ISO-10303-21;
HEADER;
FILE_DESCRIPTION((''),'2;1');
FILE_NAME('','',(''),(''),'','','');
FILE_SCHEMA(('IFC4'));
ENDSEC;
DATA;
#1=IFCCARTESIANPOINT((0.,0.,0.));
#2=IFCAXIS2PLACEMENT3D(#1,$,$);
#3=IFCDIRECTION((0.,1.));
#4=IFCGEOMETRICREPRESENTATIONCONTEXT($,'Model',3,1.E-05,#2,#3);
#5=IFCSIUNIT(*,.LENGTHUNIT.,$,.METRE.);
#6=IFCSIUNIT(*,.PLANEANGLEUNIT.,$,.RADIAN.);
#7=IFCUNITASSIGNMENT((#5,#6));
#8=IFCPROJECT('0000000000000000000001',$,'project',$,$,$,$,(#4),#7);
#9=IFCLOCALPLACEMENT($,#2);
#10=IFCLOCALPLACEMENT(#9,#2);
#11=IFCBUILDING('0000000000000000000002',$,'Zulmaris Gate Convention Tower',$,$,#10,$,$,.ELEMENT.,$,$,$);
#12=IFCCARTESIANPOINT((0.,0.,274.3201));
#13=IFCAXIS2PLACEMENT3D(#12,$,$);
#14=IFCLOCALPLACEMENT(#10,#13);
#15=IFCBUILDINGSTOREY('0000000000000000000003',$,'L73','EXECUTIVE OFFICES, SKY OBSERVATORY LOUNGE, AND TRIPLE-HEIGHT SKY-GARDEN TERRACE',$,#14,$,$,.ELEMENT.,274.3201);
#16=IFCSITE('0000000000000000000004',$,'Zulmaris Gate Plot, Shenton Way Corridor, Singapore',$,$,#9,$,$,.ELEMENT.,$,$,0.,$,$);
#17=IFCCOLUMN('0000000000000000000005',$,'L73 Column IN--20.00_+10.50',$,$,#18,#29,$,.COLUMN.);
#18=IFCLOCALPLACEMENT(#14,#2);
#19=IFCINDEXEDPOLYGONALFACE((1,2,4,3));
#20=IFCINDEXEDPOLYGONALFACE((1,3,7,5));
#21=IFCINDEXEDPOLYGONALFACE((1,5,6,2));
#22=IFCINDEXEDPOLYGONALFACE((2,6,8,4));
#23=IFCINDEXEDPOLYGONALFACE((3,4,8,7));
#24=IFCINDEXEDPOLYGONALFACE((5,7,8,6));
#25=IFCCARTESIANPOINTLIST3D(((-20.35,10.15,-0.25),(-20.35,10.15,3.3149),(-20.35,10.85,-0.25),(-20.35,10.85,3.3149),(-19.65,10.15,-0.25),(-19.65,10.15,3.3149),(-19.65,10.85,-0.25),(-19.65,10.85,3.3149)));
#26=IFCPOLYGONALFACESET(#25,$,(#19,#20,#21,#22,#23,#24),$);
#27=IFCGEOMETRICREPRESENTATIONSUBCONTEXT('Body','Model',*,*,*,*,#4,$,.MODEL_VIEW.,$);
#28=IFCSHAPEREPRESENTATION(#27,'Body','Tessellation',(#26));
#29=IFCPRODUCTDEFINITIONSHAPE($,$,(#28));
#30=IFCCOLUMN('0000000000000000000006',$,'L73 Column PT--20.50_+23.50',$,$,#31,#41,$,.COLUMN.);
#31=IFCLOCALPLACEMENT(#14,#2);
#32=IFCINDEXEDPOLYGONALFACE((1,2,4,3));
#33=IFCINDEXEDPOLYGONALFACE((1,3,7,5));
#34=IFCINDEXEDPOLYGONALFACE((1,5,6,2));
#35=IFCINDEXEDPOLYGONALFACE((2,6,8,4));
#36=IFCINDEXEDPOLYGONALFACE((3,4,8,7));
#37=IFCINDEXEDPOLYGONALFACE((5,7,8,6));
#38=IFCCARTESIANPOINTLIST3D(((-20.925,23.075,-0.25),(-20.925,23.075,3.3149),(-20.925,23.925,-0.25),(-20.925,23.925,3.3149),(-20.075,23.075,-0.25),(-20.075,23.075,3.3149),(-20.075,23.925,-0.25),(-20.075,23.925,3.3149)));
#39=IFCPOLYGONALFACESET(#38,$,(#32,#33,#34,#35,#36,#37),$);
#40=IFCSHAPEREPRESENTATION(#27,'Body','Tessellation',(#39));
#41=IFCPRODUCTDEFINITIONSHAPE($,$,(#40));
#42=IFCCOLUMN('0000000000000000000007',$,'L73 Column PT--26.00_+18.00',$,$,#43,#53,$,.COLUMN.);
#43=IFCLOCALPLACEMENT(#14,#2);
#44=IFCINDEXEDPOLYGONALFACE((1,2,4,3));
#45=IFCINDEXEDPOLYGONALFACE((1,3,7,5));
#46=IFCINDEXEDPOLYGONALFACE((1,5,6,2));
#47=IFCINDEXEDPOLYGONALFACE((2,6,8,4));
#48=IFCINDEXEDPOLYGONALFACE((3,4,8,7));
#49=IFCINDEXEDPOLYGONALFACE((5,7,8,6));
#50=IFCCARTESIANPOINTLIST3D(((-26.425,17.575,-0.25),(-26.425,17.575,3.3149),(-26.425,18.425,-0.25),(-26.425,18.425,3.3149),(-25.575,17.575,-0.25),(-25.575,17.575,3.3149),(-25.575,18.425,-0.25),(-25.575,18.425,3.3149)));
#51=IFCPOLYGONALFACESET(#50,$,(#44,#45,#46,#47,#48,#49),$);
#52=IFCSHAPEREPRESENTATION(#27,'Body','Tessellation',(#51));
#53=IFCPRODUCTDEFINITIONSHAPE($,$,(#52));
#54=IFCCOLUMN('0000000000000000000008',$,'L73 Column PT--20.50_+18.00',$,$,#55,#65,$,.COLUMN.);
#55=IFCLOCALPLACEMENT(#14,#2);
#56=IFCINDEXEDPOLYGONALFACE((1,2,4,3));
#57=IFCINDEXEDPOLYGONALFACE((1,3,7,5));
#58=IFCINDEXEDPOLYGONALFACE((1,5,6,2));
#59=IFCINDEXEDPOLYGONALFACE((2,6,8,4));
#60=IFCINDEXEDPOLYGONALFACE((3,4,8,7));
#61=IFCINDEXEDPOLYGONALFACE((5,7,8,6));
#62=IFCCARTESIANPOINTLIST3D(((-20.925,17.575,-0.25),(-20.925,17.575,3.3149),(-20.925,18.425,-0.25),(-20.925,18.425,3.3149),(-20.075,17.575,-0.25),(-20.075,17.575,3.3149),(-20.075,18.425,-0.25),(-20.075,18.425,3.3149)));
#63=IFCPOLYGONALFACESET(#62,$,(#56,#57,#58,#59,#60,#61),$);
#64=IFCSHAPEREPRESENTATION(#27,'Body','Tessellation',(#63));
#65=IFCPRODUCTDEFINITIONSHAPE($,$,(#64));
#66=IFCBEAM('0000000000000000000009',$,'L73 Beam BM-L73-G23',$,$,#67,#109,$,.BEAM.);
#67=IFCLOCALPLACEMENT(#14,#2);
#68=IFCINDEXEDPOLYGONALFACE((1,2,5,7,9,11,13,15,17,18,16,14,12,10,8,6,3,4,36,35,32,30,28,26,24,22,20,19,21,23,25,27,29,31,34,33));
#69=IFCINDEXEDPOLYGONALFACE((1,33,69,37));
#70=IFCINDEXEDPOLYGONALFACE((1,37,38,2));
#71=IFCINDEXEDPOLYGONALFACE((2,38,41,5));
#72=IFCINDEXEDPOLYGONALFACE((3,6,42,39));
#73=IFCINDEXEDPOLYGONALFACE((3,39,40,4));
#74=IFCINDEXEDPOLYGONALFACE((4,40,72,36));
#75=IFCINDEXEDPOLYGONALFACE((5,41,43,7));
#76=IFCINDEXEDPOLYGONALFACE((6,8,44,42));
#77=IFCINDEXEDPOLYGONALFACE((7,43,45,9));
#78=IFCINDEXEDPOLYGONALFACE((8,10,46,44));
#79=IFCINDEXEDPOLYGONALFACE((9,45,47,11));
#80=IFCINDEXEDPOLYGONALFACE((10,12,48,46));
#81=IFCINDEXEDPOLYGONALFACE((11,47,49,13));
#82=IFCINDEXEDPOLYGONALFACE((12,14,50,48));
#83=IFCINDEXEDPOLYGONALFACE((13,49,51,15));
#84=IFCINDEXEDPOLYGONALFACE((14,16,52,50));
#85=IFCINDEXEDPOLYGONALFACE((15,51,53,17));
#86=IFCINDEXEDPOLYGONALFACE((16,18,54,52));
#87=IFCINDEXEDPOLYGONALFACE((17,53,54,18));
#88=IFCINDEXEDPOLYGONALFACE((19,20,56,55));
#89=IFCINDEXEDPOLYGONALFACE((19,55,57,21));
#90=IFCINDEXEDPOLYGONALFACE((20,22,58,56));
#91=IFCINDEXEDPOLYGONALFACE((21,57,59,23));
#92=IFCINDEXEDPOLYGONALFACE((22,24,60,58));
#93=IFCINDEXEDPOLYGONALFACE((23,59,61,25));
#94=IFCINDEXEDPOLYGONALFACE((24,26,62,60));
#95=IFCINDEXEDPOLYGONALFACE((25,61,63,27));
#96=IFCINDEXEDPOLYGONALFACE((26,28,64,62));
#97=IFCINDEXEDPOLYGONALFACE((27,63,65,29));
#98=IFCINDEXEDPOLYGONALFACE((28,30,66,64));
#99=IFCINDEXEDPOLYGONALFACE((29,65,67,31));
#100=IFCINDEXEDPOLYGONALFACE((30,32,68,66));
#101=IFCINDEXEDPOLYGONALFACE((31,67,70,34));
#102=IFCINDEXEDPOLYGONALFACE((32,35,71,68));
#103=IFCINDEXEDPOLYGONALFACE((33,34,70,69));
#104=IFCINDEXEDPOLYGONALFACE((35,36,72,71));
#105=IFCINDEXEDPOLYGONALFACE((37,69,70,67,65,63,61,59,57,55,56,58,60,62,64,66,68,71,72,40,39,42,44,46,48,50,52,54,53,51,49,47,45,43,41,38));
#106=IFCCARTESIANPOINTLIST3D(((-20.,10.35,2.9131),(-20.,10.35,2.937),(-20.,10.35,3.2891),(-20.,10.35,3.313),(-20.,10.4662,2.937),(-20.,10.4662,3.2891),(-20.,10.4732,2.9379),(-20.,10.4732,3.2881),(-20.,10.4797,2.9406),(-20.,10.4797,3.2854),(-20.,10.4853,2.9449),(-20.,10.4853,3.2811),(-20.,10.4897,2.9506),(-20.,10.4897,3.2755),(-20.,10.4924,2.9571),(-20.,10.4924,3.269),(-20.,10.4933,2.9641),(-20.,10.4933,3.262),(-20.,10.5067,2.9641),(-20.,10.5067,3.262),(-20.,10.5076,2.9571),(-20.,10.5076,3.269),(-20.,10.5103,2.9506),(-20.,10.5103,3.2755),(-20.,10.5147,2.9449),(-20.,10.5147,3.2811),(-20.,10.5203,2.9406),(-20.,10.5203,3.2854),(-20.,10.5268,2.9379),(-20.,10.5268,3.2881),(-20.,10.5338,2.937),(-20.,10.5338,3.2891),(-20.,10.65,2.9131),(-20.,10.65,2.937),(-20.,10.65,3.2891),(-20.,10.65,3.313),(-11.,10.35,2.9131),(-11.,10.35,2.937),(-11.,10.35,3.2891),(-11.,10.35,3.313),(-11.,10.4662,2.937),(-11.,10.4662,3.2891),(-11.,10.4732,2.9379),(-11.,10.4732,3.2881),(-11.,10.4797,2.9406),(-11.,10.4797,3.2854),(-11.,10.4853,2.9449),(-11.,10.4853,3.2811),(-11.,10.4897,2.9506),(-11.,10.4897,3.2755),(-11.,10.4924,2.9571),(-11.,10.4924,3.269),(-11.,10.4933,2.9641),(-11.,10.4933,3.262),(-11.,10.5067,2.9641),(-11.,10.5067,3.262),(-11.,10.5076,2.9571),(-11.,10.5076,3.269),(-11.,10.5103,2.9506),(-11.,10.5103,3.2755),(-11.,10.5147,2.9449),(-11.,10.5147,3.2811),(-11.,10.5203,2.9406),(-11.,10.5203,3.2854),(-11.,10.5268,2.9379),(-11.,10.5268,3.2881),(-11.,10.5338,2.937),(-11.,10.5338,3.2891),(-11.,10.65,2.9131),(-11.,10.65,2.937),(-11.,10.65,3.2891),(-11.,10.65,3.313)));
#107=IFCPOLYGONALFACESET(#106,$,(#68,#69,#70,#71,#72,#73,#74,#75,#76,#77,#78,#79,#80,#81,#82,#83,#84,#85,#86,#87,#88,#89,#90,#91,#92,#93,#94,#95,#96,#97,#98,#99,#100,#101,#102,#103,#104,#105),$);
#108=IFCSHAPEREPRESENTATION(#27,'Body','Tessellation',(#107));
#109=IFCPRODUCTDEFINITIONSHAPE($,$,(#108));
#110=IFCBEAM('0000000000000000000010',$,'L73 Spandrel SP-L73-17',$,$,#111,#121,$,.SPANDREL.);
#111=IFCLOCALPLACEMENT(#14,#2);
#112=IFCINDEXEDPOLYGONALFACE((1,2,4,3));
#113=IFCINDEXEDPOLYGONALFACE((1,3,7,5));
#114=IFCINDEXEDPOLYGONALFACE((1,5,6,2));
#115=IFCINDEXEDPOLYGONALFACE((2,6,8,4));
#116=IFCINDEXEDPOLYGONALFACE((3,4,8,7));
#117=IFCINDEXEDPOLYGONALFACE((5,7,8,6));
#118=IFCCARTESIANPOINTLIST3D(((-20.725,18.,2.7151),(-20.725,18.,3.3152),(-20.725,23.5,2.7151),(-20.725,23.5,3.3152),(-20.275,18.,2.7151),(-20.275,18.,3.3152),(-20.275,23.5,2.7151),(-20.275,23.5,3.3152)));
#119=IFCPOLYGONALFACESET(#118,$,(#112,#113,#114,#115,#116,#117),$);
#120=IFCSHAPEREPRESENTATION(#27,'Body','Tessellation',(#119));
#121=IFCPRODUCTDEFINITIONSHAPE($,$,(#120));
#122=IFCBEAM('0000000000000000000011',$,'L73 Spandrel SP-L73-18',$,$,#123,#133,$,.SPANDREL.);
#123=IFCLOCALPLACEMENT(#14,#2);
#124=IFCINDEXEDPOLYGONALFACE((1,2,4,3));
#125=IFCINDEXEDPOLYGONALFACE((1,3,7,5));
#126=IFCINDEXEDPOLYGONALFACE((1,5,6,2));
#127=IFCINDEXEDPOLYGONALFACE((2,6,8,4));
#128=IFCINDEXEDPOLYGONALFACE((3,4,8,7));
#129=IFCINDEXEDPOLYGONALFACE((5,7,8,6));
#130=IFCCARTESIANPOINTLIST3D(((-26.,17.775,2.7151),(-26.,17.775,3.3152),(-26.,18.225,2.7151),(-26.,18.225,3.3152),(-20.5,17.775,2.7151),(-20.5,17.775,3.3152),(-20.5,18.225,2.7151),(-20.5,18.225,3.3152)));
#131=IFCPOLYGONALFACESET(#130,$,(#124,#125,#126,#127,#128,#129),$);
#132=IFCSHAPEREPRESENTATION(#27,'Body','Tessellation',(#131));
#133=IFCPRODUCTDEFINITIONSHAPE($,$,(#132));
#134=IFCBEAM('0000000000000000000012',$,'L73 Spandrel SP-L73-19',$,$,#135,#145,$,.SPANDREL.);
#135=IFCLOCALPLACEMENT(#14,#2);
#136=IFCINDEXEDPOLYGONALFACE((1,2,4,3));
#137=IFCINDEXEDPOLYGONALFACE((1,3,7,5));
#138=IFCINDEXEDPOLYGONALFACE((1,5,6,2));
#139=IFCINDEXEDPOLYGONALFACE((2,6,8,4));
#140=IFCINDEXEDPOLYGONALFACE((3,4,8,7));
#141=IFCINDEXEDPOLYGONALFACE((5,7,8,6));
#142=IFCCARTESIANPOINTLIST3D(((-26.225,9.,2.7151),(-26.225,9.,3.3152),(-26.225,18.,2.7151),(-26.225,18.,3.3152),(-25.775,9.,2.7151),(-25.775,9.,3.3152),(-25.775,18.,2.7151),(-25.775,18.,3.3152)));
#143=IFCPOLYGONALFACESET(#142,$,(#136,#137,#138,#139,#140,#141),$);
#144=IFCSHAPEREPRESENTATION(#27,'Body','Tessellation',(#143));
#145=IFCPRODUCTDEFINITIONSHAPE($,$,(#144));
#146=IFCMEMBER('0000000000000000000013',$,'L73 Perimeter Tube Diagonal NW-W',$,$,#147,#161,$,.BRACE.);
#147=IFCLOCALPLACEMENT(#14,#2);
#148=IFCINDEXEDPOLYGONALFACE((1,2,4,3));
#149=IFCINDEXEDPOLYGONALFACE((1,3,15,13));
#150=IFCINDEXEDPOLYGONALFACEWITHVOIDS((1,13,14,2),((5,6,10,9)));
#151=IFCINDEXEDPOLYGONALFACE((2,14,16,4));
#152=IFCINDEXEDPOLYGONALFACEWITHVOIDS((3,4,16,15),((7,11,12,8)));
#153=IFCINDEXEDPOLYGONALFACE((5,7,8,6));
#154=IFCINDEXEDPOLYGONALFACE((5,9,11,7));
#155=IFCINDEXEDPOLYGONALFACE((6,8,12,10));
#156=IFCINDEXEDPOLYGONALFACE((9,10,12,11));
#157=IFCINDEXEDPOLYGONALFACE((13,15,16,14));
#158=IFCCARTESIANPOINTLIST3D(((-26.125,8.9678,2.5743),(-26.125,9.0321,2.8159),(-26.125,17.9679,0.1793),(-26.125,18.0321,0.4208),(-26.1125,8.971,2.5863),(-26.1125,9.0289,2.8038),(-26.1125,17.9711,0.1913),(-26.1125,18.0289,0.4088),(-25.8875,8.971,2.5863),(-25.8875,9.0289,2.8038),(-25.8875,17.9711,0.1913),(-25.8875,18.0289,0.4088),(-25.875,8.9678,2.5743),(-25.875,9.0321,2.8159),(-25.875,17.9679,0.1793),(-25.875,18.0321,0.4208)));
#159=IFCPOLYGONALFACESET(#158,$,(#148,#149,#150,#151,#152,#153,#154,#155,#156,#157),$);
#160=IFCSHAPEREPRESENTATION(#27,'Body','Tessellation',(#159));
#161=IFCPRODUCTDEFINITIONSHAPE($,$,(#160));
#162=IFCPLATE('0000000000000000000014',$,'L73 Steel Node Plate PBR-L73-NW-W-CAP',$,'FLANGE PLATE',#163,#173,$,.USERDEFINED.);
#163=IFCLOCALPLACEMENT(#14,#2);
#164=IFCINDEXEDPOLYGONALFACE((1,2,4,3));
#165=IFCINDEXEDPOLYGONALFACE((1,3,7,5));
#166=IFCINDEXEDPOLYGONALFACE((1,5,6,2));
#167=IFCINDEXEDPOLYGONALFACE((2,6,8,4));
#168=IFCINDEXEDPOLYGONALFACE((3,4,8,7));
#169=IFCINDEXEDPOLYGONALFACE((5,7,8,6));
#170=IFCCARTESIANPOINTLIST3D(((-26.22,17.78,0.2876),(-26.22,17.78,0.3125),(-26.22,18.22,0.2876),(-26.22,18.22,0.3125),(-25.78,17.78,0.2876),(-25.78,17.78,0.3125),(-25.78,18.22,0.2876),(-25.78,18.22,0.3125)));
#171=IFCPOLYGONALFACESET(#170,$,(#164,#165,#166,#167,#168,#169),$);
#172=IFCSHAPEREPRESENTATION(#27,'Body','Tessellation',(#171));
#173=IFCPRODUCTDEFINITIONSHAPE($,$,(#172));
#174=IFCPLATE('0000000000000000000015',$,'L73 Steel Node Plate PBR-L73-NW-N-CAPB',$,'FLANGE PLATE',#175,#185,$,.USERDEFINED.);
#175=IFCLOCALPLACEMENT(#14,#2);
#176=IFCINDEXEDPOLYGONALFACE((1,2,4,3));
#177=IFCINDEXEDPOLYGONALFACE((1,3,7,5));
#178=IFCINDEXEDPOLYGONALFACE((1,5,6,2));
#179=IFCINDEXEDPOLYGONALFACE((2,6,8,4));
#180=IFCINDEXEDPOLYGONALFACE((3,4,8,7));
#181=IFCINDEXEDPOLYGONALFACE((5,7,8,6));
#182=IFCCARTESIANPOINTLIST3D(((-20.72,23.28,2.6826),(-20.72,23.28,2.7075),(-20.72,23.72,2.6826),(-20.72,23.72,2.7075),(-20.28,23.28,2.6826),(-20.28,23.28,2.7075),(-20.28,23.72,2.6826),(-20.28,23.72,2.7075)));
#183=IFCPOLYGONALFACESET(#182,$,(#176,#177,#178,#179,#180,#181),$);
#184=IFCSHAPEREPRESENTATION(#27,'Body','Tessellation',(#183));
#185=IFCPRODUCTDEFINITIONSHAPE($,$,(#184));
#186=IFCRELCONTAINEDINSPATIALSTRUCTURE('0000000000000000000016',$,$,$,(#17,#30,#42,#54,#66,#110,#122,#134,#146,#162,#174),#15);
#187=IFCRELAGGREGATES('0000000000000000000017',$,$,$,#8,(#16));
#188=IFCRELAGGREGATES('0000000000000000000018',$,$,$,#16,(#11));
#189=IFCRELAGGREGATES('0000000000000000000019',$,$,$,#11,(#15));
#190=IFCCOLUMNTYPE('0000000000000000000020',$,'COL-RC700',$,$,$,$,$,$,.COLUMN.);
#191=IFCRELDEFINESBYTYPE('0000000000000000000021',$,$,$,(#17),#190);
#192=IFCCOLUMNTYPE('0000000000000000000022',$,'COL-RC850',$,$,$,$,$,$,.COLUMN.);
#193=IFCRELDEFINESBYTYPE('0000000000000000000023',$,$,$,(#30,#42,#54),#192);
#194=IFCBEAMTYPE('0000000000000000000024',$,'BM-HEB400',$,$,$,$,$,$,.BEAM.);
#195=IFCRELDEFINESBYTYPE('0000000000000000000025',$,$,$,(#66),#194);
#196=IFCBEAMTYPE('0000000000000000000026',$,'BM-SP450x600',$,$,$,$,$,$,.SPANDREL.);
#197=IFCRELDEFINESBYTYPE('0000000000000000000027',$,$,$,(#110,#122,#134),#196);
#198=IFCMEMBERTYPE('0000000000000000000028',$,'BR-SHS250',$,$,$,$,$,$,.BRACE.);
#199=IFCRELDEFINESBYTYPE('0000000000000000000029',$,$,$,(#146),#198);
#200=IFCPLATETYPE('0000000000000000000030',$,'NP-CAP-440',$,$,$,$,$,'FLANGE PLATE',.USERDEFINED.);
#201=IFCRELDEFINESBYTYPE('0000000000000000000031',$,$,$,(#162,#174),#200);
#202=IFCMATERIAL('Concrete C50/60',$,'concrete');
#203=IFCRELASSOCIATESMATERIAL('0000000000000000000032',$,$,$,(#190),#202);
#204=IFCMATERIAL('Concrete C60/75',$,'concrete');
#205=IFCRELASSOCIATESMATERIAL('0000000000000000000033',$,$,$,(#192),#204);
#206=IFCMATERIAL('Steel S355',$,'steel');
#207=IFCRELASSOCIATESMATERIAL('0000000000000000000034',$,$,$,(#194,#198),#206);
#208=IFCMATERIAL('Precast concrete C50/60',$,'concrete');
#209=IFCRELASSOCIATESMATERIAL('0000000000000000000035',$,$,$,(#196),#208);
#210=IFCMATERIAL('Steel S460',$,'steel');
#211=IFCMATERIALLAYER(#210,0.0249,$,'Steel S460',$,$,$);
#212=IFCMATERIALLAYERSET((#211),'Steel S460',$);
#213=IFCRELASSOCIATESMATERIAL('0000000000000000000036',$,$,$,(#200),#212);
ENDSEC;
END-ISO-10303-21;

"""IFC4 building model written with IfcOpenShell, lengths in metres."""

from ifc_helpers import new_model, si_unit, direction, frame, origin, origin_2d, place, context, subcontext, project, spatial, rectangle, hollow_rectangle, i_section, extrude, material, layer, layer_set, material_profile, profile_set, type_object, element, save


model = new_model("IFC4")

# Units and contexts
model_context = context("Model", 3, precision=1e-05, world=origin(), true_north=direction((0.0, 1.0)))
body_context = subcontext(model_context, "Body", "Model", "MODEL_VIEW")
ifc_project = project(units=[si_unit("LENGTHUNIT", "METRE"), si_unit("PLANEANGLEUNIT", "RADIAN")], contexts=[model_context])

# Site, building, storey
site_placement = place(None, origin())
site = spatial("IfcSite", under=ifc_project, at=site_placement, Name="Zulmaris Gate Plot, Shenton Way Corridor, Singapore", CompositionType="ELEMENT", RefElevation=0.0)
building_placement = place(site_placement, origin())
building = spatial("IfcBuilding", under=site, at=building_placement, Name="Zulmaris Gate Convention Tower", CompositionType="ELEMENT")
storey_placement = place(building_placement, frame((0.0, 0.0, 274.3201)))
storey = spatial("IfcBuildingStorey", under=building, at=storey_placement, Name="L73", Description="EXECUTIVE OFFICES, SKY OBSERVATORY LOUNGE, AND TRIPLE-HEIGHT SKY-GARDEN TERRACE", CompositionType="ELEMENT", Elevation=274.3201)

# Columns
ifc_material_1 = material(Name="Concrete C50/60", Category="concrete")
ifc_material_profile_1 = material_profile(ifc_material_1, rectangle(XDim=0.7, YDim=0.7, at=origin_2d()), Name="RC COL 700x700")
ifc_profile_set_1 = profile_set([ifc_material_profile_1], Name="Concrete C50/60")
column_type_1 = type_object("IfcColumnType", Name="COL-RC700", PredefinedType="COLUMN", material=ifc_profile_set_1)
column_placement = place(storey_placement, frame((-20.0, 10.5, -0.25), z_axis=(0.0, 0.0, 1.0), x_axis=(1.0, 0.0, 0.0)))
element("IfcColumn", 1, at=column_placement, inside=storey, type_object=column_type_1, Name="L73 Column IN--20.00_+10.50", PredefinedType="COLUMN", context=body_context, shape_type="SweptSolid", body=[
    extrude(rectangle(XDim=0.7, YDim=0.7, at=origin_2d()), origin(), (0.0, 0.0, 1.0), 3.5649),
])
ifc_material_2 = material(Name="Concrete C60/75", Category="concrete")
ifc_material_profile_2 = material_profile(ifc_material_2, rectangle(XDim=0.8501, YDim=0.8501, at=origin_2d()), Name="RC COL 850x850")
ifc_profile_set_2 = profile_set([ifc_material_profile_2], Name="Concrete C60/75")
column_type_2 = type_object("IfcColumnType", Name="COL-RC850", PredefinedType="COLUMN", material=ifc_profile_set_2)
for number, where, z_axis, x_axis, name in (
    (2, (-20.5, 23.5, -0.25), (0.0, 0.0, 1.0), (1.0, 0.0, 0.0), "L73 Column PT--20.50_+23.50"),
    (3, (-26.0, 18.0, -0.25), (0.0, 0.0, 1.0), (1.0, 0.0, 0.0), "L73 Column PT--26.00_+18.00"),
    (4, (-20.5, 18.0, -0.25), (0.0, 0.0, 1.0), (1.0, 0.0, 0.0), "L73 Column PT--20.50_+18.00"),
):
    element("IfcColumn", number, at=place(storey_placement, frame(where, z_axis=z_axis, x_axis=x_axis)), inside=storey, type_object=column_type_2, Name=name, PredefinedType="COLUMN", context=body_context, shape_type="SweptSolid", body=[
        extrude(rectangle(XDim=0.8501, YDim=0.8501, at=origin_2d()), origin(), (0.0, 0.0, 1.0), 3.5649),
    ])

# Beams
ifc_material_3 = material(Name="Steel S355", Category="steel")
ifc_material_profile_3 = material_profile(ifc_material_3, i_section(OverallWidth=0.3, OverallDepth=0.3999, WebThickness=0.0134, FlangeThickness=0.0239, FilletRadius=0.0271, at=origin_2d()), Name="HEB 400")
ifc_profile_set_3 = profile_set([ifc_material_profile_3], Name="Steel S355")
beam_type_1 = type_object("IfcBeamType", Name="BM-HEB400", PredefinedType="BEAM", material=ifc_profile_set_3)
beam_1_placement = place(storey_placement, frame((-20.0, 10.5, 3.113), z_axis=(1.0, 0.0, 0.0), x_axis=(0.0, 1.0, 0.0)))
element("IfcBeam", 5, at=beam_1_placement, inside=storey, type_object=beam_type_1, Name="L73 Beam BM-L73-G23", PredefinedType="BEAM", context=body_context, shape_type="SweptSolid", body=[
    extrude(i_section(OverallWidth=0.3, OverallDepth=0.3999, WebThickness=0.0134, FlangeThickness=0.0239, FilletRadius=0.0271, at=origin_2d()), origin(), (0.0, 0.0, 1.0), 9.0),
])
ifc_material_4 = material(Name="Precast concrete C50/60", Category="concrete")
ifc_material_profile_4 = material_profile(ifc_material_4, rectangle(XDim=0.45, YDim=0.6001, at=origin_2d()), Name="RC SPANDREL 450x600")
ifc_profile_set_4 = profile_set([ifc_material_profile_4], Name="Precast concrete C50/60")
beam_type_2 = type_object("IfcBeamType", Name="BM-SP450x600", PredefinedType="SPANDREL", material=ifc_profile_set_4)
for number, where, z_axis, x_axis, name in (
    (6, (-20.5, 23.5, 3.0151), (0.0, -1.0, 0.0), (1.0, 0.0, 0.0), "L73 Spandrel SP-L73-17"),
    (7, (-20.5, 18.0, 3.0151), (-1.0, 0.0, 0.0), (0.0, -1.0, 0.0), "L73 Spandrel SP-L73-18"),
):
    element("IfcBeam", number, at=place(storey_placement, frame(where, z_axis=z_axis, x_axis=x_axis)), inside=storey, type_object=beam_type_2, Name=name, PredefinedType="SPANDREL", context=body_context, shape_type="SweptSolid", body=[
        extrude(rectangle(XDim=0.45, YDim=0.6001, at=origin_2d()), origin(), (0.0, 0.0, 1.0), 5.5),
    ])
beam_2_placement = place(storey_placement, frame((-26.0, 18.0, 3.0151), z_axis=(0.0, -1.0, 0.0), x_axis=(1.0, 0.0, 0.0)))
element("IfcBeam", 8, at=beam_2_placement, inside=storey, type_object=beam_type_2, Name="L73 Spandrel SP-L73-19", PredefinedType="SPANDREL", context=body_context, shape_type="SweptSolid", body=[
    extrude(rectangle(XDim=0.45, YDim=0.6001, at=origin_2d()), origin(), (0.0, 0.0, 1.0), 9.0),
])

# Member
ifc_material_profile_5 = material_profile(ifc_material_3, hollow_rectangle(XDim=0.25, YDim=0.25, WallThickness=0.0125, at=origin_2d()), Name="SHS 250x250x12.5")
ifc_profile_set_5 = profile_set([ifc_material_profile_5], Name="Steel S355")
member_type = type_object("IfcMemberType", Name="BR-SHS250", PredefinedType="BRACE", material=ifc_profile_set_5)
member_placement = place(storey_placement, frame((-26.0, 18.0, 0.3), z_axis=(0.0, -0.966368, 0.257163), x_axis=(1.0, 0.0, 0.0)))
element("IfcMember", 9, at=member_placement, inside=storey, type_object=member_type, Name="L73 Perimeter Tube Diagonal NW-W", PredefinedType="BRACE", context=body_context, shape_type="SweptSolid", body=[
    extrude(hollow_rectangle(XDim=0.25, YDim=0.25, WallThickness=0.0125, at=origin_2d()), origin(), (0.0, 0.0, 1.0), 9.3132),
])

# Plates
ifc_material_5 = material(Name="Steel S460", Category="steel")
ifc_layer_1 = layer(ifc_material_5, 0.0249, Name="Steel S460")
ifc_layer_set_1 = layer_set([ifc_layer_1], Name="Steel S460")
plate_type = type_object("IfcPlateType", Name="NP-CAP-440", ElementType="FLANGE PLATE", PredefinedType="USERDEFINED", material=ifc_layer_set_1)
for number, where, z_axis, x_axis, name in (
    (10, (-26.0, 18.0, 0.2876), (0.0, 0.0, 1.0), (1.0, 0.0, 0.0), "L73 Steel Node Plate PBR-L73-NW-W-CAP"),
    (11, (-20.5, 23.5, 2.6826), (0.0, 0.0, 1.0), (1.0, 0.0, 0.0), "L73 Steel Node Plate PBR-L73-NW-N-CAPB"),
):
    element("IfcPlate", number, at=place(storey_placement, frame(where, z_axis=z_axis, x_axis=x_axis)), inside=storey, type_object=plate_type, Name=name, ObjectType="FLANGE PLATE", PredefinedType="USERDEFINED", context=body_context, shape_type="SweptSolid", body=[
        extrude(rectangle(XDim=0.4399, YDim=0.4399, at=origin_2d()), origin(), (0.0, 0.0, 1.0), 0.0249),
    ])

save(model, "model.ifc")
